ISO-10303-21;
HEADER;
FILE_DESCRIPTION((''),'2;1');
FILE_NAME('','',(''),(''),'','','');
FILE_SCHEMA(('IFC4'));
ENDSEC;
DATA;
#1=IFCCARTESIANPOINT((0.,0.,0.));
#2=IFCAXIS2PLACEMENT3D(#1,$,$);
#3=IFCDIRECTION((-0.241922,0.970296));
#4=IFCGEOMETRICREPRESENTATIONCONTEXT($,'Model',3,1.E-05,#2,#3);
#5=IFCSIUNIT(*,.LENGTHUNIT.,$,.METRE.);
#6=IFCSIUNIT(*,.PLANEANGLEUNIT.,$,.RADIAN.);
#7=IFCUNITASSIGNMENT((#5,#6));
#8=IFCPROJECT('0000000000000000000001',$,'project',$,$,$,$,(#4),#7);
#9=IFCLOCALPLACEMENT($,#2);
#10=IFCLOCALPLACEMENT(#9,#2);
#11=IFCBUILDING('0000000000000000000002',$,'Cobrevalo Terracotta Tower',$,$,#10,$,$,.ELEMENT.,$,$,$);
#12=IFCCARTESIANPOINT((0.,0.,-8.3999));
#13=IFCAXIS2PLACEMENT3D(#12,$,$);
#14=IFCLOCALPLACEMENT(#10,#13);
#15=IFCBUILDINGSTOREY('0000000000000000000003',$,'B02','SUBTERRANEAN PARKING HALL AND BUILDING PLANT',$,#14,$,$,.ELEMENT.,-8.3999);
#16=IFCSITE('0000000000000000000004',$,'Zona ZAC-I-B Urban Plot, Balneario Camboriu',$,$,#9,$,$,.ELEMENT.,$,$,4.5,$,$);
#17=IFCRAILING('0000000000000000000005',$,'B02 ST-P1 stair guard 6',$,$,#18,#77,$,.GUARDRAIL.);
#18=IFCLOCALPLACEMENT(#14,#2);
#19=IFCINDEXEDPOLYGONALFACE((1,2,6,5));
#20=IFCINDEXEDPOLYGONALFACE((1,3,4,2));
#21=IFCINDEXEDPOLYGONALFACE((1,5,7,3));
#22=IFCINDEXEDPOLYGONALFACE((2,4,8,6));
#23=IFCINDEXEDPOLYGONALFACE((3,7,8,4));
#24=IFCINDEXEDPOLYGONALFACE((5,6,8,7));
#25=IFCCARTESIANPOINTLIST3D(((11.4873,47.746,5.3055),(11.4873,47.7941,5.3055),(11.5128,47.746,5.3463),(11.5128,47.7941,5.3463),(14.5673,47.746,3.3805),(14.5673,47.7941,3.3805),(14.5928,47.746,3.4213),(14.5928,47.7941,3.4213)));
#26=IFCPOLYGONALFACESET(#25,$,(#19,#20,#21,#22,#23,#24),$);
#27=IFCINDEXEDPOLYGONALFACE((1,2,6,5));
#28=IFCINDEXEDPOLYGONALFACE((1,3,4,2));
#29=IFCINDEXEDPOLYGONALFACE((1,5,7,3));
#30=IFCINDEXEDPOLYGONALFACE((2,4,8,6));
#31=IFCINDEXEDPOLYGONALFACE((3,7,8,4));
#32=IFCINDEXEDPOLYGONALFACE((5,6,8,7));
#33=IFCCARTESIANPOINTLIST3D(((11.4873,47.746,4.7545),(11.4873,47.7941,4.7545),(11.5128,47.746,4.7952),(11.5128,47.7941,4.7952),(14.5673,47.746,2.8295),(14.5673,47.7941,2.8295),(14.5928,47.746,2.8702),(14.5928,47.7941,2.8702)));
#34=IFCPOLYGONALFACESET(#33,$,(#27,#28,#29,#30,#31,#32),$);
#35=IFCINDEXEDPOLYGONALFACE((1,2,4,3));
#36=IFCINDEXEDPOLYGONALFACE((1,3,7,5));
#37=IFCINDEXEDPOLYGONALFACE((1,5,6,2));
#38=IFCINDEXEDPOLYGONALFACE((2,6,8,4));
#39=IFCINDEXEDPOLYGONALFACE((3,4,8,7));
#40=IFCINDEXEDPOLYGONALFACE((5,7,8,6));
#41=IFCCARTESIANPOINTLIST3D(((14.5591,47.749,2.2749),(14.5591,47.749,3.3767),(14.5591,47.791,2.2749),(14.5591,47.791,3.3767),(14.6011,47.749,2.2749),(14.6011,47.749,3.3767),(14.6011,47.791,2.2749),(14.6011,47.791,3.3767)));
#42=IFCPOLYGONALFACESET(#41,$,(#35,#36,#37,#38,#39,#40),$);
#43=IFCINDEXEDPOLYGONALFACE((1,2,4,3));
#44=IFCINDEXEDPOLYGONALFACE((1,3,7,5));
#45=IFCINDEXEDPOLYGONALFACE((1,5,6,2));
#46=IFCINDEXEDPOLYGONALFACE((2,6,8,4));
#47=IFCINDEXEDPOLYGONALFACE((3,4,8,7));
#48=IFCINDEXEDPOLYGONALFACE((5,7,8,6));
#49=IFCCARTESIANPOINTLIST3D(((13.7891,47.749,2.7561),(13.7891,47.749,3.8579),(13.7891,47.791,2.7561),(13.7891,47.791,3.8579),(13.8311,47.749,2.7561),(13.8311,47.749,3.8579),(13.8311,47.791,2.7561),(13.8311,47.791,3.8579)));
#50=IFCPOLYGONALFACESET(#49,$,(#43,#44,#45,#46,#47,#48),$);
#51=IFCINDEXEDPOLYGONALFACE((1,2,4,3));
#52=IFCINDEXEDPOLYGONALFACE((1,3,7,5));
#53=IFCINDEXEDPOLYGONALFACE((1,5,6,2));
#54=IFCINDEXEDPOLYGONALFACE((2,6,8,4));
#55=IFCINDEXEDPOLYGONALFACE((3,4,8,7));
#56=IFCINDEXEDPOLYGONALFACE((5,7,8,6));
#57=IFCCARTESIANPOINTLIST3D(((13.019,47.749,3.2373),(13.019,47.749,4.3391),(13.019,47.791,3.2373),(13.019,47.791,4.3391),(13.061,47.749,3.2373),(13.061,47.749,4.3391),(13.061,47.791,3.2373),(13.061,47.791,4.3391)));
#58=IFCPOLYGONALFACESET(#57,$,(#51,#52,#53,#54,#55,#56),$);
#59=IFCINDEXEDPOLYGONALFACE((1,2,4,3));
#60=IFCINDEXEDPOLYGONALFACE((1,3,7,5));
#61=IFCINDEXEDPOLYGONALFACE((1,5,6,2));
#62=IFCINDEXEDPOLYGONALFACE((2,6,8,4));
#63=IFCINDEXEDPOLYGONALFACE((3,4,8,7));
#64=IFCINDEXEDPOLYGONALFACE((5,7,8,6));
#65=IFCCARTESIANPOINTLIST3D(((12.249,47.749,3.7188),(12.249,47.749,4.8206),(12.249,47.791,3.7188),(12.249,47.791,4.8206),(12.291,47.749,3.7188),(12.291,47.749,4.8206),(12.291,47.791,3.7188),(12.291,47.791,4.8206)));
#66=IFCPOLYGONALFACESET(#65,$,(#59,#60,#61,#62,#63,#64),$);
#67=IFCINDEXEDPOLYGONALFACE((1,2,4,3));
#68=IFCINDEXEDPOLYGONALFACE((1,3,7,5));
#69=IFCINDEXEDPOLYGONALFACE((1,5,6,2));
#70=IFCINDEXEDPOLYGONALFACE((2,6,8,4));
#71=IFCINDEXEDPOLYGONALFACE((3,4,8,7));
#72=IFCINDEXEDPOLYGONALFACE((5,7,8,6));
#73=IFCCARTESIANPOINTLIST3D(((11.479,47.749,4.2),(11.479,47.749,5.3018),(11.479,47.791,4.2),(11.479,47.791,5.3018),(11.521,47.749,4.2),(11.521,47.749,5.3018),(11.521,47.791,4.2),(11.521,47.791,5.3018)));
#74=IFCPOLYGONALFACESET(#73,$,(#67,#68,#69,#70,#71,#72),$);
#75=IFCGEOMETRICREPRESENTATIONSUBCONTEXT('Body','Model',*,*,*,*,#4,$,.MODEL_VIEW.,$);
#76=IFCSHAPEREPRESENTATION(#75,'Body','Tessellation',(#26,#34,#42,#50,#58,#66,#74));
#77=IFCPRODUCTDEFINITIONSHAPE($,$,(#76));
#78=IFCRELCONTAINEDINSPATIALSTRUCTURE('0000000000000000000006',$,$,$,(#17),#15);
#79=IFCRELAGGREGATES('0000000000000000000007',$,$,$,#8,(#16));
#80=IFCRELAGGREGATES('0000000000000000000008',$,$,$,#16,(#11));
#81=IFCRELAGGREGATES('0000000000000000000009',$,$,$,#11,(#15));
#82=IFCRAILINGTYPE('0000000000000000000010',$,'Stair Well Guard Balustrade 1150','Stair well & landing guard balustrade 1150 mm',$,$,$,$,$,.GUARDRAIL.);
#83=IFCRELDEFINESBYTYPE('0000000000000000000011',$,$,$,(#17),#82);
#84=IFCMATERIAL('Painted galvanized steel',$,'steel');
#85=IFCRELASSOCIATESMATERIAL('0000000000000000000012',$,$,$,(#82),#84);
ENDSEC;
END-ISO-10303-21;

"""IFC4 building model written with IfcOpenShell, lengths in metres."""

from ifc_helpers import new_model, si_unit, direction, frame, origin, origin_2d, place, context, subcontext, project, spatial, rectangle, extrude, material, type_object, element, save


model = new_model("IFC4")

# Units and contexts
model_context = context("Model", 3, precision=1e-05, world=origin(), true_north=direction((-0.241922, 0.970296)))
body_context = subcontext(model_context, "Body", "Model", "MODEL_VIEW")
ifc_project = project(units=[si_unit("LENGTHUNIT", "METRE"), si_unit("PLANEANGLEUNIT", "RADIAN")], contexts=[model_context])

# Site, building, storey
site_placement = place(None, origin())
site = spatial("IfcSite", under=ifc_project, at=site_placement, Name="Zona ZAC-I-B Urban Plot, Balneario Camboriu", CompositionType="ELEMENT", RefElevation=4.5)
building_placement = place(site_placement, origin())
building = spatial("IfcBuilding", under=site, at=building_placement, Name="Cobrevalo Terracotta Tower", CompositionType="ELEMENT")
storey_placement = place(building_placement, frame((0.0, 0.0, -8.3999)))
storey = spatial("IfcBuildingStorey", under=building, at=storey_placement, Name="B02", Description="SUBTERRANEAN PARKING HALL AND BUILDING PLANT", CompositionType="ELEMENT", Elevation=-8.3999)

# Railing
ifc_material_1 = material(Name="Painted galvanized steel", Category="steel")
railing_type_1 = type_object("IfcRailingType", Name="Stair Well Guard Balustrade 1150", Description="Stair well & landing guard balustrade 1150 mm", PredefinedType="GUARDRAIL", material=ifc_material_1)
railing_1_placement = place(storey_placement, frame((14.5801, 47.77, 2.2749)))
element("IfcRailing", 1, at=railing_1_placement, inside=storey, type_object=railing_type_1, Name="B02 ST-P1 stair guard 6", PredefinedType="GUARDRAIL", context=body_context, shape_type="SweptSolid", body=[
    extrude(rectangle(XDim=0.0481, YDim=0.0481, at=origin_2d()), frame((0.0, 0.0, 1.126), z_axis=(-0.847998, 0.0, 0.529999), x_axis=(0.0, -1.0, 0.0)), (0.0, 0.0, 1.0), 3.6321),
    extrude(rectangle(XDim=0.0481, YDim=0.0481, at=origin_2d()), frame((0.0, 0.0, 0.575), z_axis=(-0.847998, 0.0, 0.529999), x_axis=(0.0, -1.0, 0.0)), (0.0, 0.0, 1.0), 3.6321),
    extrude(rectangle(XDim=0.042, YDim=0.042, at=origin_2d()), origin(), (0.0, 0.0, 1.0), 1.1018),
    extrude(rectangle(XDim=0.042, YDim=0.042, at=origin_2d()), frame((-0.77, 0.0, 0.4812)), (0.0, 0.0, 1.0), 1.1018),
    extrude(rectangle(XDim=0.042, YDim=0.042, at=origin_2d()), frame((-1.54, 0.0, 0.9624)), (0.0, 0.0, 1.0), 1.1018),
    extrude(rectangle(XDim=0.042, YDim=0.042, at=origin_2d()), frame((-2.3101, 0.0, 1.4438)), (0.0, 0.0, 1.0), 1.1018),
    extrude(rectangle(XDim=0.042, YDim=0.042, at=origin_2d()), frame((-3.0801, 0.0, 1.925)), (0.0, 0.0, 1.0), 1.1018),
])

save(model, "model.ifc")
